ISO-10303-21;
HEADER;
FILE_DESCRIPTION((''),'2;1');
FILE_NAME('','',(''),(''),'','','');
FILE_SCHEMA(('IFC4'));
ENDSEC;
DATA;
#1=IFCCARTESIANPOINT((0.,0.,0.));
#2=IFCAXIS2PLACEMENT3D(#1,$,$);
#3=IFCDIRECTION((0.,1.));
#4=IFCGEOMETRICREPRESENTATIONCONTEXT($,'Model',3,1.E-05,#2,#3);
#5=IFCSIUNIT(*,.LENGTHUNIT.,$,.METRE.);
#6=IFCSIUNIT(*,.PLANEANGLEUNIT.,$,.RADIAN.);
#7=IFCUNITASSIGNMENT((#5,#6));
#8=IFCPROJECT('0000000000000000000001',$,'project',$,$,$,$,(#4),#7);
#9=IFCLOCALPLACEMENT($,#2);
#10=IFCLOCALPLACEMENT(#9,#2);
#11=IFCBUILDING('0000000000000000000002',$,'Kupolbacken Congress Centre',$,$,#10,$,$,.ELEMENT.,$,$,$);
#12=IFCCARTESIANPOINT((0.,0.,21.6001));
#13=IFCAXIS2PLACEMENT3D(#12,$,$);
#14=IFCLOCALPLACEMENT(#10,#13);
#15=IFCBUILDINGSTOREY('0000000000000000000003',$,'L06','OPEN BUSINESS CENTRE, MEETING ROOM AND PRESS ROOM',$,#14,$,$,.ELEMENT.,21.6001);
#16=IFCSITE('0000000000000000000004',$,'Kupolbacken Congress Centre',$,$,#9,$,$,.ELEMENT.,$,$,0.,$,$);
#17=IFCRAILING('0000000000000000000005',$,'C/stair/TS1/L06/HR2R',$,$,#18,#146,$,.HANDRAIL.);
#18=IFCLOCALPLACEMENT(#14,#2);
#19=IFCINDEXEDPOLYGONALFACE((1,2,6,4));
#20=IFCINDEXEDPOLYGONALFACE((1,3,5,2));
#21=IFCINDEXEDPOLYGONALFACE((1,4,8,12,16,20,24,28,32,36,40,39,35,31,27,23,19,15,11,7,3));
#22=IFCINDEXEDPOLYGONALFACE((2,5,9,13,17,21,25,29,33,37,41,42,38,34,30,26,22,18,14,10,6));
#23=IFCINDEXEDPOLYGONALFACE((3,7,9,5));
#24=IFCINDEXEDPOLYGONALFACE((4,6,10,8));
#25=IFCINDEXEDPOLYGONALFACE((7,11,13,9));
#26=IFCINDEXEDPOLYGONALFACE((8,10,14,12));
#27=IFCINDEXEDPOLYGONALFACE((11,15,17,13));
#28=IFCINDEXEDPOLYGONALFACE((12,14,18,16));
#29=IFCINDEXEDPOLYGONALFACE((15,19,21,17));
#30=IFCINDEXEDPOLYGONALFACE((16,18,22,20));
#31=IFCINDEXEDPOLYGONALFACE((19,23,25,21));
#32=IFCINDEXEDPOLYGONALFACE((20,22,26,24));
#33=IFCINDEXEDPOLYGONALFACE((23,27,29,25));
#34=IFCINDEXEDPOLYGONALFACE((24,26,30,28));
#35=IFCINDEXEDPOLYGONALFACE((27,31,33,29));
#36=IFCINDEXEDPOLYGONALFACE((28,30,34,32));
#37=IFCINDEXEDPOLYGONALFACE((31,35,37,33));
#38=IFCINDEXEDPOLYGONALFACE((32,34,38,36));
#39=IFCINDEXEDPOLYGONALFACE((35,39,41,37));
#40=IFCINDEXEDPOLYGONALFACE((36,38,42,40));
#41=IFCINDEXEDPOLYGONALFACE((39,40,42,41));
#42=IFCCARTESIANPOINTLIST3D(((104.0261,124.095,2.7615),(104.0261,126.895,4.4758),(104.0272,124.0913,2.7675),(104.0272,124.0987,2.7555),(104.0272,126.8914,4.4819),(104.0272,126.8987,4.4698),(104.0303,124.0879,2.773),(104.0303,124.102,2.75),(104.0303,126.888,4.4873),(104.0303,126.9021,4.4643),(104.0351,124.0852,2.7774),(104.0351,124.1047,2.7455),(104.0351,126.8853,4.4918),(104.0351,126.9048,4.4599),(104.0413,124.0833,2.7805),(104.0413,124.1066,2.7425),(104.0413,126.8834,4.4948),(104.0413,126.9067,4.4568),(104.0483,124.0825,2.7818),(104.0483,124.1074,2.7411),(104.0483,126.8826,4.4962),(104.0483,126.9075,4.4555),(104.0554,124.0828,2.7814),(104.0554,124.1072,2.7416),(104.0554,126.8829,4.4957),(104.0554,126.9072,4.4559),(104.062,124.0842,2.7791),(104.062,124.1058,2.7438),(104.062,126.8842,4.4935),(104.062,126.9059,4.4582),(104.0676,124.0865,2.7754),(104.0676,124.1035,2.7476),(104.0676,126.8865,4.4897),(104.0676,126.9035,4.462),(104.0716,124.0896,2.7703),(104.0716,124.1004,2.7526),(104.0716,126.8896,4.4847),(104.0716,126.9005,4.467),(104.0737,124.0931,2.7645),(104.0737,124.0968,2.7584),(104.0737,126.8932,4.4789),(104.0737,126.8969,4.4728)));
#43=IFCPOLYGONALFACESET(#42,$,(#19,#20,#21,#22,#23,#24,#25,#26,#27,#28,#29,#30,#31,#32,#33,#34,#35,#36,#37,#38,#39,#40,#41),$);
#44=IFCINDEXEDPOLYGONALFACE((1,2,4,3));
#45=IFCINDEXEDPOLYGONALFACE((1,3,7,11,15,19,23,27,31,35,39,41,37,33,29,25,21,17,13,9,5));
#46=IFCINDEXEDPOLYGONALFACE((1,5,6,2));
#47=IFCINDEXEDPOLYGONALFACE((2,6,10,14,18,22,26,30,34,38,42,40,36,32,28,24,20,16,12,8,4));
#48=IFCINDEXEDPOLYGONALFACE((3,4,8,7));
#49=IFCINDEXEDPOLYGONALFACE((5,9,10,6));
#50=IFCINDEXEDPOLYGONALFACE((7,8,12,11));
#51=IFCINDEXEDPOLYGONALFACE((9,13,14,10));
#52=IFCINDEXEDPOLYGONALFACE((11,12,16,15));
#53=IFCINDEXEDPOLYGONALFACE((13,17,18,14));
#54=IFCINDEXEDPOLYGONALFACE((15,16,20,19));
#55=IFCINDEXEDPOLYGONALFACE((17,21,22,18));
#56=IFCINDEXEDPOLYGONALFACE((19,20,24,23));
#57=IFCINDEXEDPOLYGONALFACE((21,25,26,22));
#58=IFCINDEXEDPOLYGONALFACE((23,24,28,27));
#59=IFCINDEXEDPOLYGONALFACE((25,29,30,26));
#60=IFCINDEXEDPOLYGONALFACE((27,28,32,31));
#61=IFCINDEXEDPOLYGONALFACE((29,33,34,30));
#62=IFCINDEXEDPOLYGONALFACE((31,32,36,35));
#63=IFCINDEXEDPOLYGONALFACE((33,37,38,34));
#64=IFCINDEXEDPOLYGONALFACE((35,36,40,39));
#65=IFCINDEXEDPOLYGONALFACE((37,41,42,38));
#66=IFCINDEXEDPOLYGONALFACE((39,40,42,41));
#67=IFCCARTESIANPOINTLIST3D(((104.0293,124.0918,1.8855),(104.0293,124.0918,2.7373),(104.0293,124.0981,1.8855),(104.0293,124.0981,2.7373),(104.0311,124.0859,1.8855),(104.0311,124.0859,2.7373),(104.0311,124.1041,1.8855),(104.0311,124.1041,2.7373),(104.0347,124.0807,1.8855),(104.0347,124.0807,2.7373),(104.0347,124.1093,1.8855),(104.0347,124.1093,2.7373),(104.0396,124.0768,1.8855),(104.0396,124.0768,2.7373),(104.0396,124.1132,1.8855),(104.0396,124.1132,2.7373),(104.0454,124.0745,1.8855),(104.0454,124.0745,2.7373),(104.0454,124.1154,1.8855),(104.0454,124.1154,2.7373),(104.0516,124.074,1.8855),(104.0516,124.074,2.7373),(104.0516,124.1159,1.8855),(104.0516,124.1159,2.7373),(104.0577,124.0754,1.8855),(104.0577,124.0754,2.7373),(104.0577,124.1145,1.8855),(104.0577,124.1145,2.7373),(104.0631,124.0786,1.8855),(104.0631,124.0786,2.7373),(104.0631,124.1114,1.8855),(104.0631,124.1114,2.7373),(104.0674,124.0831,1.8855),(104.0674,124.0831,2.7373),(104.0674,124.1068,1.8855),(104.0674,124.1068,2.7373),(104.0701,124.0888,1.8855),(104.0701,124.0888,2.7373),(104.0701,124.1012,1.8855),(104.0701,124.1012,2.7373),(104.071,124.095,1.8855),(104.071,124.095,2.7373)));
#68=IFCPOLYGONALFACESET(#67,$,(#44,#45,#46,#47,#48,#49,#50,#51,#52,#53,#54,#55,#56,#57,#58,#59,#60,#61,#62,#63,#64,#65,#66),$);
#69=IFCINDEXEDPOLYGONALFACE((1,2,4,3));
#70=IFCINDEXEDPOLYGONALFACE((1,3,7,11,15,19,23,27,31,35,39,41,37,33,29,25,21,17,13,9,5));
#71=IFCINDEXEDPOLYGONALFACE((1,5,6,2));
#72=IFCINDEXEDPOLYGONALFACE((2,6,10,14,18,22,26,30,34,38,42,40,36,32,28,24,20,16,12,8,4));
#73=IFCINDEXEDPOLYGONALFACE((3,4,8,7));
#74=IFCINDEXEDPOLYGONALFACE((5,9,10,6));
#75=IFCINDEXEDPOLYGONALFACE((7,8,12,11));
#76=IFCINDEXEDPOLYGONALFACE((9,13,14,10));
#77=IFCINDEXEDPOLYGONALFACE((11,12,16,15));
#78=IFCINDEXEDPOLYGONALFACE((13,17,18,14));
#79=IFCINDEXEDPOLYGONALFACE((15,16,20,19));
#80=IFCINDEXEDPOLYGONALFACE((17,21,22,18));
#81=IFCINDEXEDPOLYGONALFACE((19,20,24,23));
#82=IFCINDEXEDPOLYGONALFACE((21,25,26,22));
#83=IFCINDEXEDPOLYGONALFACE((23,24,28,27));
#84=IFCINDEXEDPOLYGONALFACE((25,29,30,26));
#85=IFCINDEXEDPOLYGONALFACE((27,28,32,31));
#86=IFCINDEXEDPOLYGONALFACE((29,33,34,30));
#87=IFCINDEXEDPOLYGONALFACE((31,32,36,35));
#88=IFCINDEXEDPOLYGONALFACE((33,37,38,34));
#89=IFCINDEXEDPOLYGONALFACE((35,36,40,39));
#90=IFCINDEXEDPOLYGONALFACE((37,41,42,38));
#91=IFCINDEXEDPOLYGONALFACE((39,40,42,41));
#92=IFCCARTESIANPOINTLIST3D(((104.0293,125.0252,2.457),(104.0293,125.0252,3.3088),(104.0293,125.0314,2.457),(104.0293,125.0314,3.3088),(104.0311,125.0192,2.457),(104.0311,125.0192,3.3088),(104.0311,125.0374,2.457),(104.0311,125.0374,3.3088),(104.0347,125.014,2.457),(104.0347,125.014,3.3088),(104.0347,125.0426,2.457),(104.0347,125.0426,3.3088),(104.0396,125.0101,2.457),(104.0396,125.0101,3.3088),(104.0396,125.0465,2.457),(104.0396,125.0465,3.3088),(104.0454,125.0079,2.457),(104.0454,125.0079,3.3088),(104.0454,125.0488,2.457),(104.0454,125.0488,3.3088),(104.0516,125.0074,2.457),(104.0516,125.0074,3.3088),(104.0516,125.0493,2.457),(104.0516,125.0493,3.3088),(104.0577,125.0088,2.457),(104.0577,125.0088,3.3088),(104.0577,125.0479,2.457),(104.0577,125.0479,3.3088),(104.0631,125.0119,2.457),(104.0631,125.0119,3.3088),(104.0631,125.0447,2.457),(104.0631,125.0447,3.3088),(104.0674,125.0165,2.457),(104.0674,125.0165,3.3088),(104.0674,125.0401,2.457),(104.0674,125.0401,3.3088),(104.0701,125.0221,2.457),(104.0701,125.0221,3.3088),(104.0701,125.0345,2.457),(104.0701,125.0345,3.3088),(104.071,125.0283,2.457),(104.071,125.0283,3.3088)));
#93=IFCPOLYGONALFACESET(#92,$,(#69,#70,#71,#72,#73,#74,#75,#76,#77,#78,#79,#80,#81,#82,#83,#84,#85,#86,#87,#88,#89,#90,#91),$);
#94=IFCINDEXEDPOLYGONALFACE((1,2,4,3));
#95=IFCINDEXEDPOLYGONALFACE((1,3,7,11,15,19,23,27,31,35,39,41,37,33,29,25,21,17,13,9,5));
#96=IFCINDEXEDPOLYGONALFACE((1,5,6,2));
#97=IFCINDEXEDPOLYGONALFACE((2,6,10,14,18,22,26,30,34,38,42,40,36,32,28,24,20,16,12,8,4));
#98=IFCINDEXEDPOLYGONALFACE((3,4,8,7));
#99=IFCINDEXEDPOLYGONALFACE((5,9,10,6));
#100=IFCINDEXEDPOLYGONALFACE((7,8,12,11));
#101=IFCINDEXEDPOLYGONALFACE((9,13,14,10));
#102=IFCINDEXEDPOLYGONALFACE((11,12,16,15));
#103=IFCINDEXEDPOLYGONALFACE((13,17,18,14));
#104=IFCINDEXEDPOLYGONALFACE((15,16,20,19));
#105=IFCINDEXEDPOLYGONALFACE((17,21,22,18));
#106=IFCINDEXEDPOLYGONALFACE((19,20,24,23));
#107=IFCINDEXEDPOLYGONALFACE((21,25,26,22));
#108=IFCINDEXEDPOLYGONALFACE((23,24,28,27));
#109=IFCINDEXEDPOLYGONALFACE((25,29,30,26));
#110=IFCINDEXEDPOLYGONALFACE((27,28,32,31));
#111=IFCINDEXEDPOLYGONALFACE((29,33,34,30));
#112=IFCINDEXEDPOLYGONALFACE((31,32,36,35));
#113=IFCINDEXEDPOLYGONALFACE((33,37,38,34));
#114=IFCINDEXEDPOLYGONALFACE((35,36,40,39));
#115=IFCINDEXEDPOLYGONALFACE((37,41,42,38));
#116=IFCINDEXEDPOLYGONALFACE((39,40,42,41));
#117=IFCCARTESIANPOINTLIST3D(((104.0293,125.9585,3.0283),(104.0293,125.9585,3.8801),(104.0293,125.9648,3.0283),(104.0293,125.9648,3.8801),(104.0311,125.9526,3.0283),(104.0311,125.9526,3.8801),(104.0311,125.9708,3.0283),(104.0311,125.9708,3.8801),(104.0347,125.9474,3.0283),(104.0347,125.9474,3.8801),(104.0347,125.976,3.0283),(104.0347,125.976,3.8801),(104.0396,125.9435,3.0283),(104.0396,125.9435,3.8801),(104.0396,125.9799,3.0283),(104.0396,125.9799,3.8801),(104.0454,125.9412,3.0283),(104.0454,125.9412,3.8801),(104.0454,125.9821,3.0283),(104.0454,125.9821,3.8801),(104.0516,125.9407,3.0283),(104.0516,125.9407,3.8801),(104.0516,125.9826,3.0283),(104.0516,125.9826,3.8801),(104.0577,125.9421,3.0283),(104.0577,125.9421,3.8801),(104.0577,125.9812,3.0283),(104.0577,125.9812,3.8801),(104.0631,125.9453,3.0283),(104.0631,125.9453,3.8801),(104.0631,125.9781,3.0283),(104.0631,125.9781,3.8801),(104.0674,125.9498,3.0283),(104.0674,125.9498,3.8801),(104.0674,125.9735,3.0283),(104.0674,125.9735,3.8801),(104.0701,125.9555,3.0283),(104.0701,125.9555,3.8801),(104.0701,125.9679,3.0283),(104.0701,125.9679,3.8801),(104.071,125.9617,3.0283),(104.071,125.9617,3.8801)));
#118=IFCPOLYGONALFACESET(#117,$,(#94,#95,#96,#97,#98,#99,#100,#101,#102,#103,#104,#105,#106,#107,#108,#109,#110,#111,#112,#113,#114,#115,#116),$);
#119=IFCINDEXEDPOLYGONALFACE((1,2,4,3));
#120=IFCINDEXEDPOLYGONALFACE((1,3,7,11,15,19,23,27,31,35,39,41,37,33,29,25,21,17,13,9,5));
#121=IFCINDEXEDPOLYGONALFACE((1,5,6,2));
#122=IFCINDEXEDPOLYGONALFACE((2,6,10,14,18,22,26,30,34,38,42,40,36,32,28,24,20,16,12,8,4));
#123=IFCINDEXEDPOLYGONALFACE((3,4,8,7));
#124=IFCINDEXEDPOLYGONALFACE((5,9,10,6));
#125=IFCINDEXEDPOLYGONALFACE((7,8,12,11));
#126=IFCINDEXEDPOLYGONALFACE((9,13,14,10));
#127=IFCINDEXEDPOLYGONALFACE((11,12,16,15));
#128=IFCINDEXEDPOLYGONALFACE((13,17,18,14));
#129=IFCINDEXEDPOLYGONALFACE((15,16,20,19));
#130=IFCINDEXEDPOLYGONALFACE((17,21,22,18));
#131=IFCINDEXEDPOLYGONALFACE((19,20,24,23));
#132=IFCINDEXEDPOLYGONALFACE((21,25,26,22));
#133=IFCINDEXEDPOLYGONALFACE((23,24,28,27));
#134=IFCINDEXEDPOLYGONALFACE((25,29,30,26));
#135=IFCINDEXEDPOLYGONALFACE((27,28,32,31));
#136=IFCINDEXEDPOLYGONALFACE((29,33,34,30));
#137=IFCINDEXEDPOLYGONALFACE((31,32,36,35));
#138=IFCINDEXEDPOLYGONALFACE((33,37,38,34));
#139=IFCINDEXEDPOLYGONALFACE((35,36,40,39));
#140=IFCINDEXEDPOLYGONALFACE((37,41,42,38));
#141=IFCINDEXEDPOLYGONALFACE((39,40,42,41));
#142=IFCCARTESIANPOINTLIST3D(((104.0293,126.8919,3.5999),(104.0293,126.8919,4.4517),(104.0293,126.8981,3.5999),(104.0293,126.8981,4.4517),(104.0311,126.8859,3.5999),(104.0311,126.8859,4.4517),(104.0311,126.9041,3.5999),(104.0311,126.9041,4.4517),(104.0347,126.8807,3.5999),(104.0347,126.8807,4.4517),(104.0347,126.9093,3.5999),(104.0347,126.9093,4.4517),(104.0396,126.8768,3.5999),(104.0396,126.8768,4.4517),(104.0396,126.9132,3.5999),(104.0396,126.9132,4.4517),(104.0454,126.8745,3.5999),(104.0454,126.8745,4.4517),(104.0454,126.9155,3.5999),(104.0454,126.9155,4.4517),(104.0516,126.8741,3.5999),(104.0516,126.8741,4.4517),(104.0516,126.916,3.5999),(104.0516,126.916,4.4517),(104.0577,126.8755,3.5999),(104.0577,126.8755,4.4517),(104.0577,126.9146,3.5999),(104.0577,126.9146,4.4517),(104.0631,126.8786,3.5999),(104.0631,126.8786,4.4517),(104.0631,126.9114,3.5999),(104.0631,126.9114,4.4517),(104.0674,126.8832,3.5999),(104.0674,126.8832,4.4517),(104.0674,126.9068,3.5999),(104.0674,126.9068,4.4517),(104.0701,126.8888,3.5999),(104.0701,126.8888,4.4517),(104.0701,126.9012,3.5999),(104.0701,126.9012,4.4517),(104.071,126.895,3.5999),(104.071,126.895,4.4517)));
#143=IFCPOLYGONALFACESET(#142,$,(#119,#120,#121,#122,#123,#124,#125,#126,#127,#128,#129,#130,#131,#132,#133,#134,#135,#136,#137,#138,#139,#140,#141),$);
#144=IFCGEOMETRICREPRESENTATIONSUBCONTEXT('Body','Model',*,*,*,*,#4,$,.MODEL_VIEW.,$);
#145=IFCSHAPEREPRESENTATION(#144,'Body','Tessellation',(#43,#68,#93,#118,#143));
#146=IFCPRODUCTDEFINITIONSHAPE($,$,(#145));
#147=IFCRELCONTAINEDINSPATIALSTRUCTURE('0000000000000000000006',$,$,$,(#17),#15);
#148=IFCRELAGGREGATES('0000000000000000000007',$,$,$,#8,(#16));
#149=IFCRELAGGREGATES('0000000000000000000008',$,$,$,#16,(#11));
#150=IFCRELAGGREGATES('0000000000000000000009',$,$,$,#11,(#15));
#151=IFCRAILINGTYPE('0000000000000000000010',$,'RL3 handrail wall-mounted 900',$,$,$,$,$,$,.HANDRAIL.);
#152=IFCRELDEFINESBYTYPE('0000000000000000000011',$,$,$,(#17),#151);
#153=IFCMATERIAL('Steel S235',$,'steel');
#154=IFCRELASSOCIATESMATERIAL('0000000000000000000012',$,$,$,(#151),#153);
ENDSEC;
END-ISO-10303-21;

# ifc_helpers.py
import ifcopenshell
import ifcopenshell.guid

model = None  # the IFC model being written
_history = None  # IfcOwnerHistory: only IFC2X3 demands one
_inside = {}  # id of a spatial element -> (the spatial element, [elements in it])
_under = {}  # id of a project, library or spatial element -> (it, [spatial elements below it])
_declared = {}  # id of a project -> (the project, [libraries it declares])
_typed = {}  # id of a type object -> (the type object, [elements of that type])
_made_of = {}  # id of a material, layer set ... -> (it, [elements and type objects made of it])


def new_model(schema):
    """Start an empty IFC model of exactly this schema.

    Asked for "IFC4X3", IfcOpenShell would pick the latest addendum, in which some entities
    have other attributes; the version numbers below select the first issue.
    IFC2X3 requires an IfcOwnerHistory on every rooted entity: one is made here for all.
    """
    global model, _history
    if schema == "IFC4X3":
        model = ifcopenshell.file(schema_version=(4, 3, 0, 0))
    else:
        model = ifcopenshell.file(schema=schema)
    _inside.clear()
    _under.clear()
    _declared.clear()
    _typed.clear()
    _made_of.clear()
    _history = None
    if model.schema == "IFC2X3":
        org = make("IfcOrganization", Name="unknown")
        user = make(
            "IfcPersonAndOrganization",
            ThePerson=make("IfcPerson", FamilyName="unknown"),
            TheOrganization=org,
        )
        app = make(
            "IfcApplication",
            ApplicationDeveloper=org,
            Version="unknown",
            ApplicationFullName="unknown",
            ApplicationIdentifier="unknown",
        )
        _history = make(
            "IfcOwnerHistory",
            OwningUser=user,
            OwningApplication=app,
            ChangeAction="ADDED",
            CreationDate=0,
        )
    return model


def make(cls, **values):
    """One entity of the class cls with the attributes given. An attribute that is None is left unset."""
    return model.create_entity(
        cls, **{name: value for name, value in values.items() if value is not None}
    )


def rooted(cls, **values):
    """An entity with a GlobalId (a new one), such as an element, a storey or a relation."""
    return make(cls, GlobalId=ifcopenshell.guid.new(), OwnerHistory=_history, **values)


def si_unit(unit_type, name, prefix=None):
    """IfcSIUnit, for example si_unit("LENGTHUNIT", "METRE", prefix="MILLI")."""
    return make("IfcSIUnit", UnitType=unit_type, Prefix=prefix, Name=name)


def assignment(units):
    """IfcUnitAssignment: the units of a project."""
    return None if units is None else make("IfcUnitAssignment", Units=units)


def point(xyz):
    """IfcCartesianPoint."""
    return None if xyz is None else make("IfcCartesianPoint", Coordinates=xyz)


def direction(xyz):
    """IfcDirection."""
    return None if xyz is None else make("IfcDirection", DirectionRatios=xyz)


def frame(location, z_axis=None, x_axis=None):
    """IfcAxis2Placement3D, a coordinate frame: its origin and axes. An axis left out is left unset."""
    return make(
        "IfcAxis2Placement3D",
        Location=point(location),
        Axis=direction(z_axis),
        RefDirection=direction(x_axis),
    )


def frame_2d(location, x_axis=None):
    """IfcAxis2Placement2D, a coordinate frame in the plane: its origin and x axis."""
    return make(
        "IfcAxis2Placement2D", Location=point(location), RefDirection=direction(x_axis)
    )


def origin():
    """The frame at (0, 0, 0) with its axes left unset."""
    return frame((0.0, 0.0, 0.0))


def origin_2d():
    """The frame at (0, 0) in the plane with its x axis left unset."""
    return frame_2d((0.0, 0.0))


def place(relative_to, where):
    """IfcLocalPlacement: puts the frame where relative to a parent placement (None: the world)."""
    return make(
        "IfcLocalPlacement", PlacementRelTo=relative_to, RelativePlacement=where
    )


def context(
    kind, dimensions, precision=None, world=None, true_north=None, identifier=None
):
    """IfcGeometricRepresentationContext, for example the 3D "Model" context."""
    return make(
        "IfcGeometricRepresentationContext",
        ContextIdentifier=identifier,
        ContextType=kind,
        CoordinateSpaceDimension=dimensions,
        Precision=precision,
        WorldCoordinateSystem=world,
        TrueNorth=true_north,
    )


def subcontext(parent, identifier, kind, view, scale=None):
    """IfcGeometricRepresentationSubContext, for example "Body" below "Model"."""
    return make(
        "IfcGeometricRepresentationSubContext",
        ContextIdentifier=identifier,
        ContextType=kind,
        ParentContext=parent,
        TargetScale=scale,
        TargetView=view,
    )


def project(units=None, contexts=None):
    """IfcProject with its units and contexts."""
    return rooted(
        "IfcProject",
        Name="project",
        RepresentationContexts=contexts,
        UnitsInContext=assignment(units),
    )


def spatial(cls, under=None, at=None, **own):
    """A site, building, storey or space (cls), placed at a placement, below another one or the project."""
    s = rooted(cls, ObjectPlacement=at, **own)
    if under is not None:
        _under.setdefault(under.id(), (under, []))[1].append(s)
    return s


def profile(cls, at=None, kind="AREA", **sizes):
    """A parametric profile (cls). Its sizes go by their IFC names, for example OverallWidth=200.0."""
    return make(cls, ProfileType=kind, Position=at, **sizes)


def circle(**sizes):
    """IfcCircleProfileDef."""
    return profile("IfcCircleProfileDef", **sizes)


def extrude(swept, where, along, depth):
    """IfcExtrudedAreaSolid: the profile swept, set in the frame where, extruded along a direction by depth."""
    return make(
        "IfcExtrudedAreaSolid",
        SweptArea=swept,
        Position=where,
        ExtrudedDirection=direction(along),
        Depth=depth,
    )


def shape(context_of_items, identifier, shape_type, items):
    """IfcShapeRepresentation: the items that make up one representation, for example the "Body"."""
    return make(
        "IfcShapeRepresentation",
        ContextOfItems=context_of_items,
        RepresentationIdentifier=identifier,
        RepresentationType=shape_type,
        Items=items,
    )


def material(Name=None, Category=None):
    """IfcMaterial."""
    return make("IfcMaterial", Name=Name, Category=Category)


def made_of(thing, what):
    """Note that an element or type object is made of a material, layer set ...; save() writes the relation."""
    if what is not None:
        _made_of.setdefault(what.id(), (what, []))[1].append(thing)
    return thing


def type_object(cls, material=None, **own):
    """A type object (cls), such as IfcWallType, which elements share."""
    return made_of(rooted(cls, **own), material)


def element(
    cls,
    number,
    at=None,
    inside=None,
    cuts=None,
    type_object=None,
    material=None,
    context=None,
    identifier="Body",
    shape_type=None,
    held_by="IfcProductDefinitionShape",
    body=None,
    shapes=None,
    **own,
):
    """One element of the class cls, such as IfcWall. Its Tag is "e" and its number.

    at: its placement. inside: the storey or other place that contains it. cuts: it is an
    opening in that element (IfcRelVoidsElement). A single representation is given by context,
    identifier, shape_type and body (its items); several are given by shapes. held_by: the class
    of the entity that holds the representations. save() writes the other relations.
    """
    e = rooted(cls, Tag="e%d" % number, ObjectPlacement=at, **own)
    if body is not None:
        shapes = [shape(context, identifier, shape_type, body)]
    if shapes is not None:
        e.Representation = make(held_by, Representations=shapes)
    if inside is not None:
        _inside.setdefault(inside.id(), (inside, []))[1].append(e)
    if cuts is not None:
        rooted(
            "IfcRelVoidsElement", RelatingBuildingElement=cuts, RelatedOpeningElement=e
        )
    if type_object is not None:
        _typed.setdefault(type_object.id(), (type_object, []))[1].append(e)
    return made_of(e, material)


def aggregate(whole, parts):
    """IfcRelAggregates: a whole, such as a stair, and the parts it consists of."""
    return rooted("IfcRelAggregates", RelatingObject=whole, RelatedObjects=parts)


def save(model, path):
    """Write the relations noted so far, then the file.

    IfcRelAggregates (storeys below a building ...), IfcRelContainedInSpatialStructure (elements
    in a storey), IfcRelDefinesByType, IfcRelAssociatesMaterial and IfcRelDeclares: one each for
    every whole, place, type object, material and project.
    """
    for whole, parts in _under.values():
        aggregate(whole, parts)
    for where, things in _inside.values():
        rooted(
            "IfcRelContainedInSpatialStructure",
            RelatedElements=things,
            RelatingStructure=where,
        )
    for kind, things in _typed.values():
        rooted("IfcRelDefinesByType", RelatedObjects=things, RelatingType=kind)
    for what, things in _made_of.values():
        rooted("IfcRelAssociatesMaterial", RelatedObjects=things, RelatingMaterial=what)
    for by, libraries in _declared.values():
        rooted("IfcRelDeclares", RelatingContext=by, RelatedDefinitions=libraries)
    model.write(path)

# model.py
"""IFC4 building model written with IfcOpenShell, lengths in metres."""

from ifc_helpers import new_model, si_unit, direction, frame, origin, origin_2d, place, context, subcontext, project, spatial, circle, extrude, material, type_object, element, save


model = new_model("IFC4")

# Units and contexts
model_context = context("Model", 3, precision=1e-05, world=origin(), true_north=direction((0.0, 1.0)))
body_context = subcontext(model_context, "Body", "Model", "MODEL_VIEW")
ifc_project = project(units=[si_unit("LENGTHUNIT", "METRE"), si_unit("PLANEANGLEUNIT", "RADIAN")], contexts=[model_context])

# Site, building, storey
site_placement = place(None, origin())
site = spatial("IfcSite", under=ifc_project, at=site_placement, Name="Kupolbacken Congress Centre", CompositionType="ELEMENT", RefElevation=0.0)
building_placement = place(site_placement, origin())
building = spatial("IfcBuilding", under=site, at=building_placement, Name="Kupolbacken Congress Centre", CompositionType="ELEMENT")
storey_placement = place(building_placement, frame((0.0, 0.0, 21.6001)))
storey = spatial("IfcBuildingStorey", under=building, at=storey_placement, Name="L06", Description="OPEN BUSINESS CENTRE, MEETING ROOM AND PRESS ROOM", CompositionType="ELEMENT", Elevation=21.6001)

# Railing
ifc_material_1 = material(Name="Steel S235", Category="steel")
railing_type = type_object("IfcRailingType", Name="RL3 handrail wall-mounted 900", PredefinedType="HANDRAIL", material=ifc_material_1)
for number, where, name in (
    (1, (104.05, 124.095, 1.8855), "C/stair/TS1/L06/HR2R"),
):
    element("IfcRailing", number, at=place(storey_placement, frame(where)), inside=storey, type_object=railing_type, Name=name, PredefinedType="HANDRAIL", context=body_context, shape_type="SweptSolid", body=[
        extrude(circle(Radius=0.0239, at=origin_2d()), frame((0.0, 0.0, 0.876), z_axis=(0.0, 0.852846, 0.522163), x_axis=(-1.0, 0.0, 0.0)), (0.0, 0.0, 1.0), 3.2832),
        extrude(circle(Radius=0.021, at=origin_2d()), origin(), (0.0, 0.0, 1.0), 0.8518),
        extrude(circle(Radius=0.021, at=origin_2d()), frame((0.0, 0.9333, 0.5715)), (0.0, 0.0, 1.0), 0.8518),
        extrude(circle(Radius=0.021, at=origin_2d()), frame((0.0, 1.8667, 1.1428)), (0.0, 0.0, 1.0), 0.8518),
        extrude(circle(Radius=0.021, at=origin_2d()), frame((0.0, 2.8, 1.7144)), (0.0, 0.0, 1.0), 0.8518),
    ])

save(model, "model.ifc")
